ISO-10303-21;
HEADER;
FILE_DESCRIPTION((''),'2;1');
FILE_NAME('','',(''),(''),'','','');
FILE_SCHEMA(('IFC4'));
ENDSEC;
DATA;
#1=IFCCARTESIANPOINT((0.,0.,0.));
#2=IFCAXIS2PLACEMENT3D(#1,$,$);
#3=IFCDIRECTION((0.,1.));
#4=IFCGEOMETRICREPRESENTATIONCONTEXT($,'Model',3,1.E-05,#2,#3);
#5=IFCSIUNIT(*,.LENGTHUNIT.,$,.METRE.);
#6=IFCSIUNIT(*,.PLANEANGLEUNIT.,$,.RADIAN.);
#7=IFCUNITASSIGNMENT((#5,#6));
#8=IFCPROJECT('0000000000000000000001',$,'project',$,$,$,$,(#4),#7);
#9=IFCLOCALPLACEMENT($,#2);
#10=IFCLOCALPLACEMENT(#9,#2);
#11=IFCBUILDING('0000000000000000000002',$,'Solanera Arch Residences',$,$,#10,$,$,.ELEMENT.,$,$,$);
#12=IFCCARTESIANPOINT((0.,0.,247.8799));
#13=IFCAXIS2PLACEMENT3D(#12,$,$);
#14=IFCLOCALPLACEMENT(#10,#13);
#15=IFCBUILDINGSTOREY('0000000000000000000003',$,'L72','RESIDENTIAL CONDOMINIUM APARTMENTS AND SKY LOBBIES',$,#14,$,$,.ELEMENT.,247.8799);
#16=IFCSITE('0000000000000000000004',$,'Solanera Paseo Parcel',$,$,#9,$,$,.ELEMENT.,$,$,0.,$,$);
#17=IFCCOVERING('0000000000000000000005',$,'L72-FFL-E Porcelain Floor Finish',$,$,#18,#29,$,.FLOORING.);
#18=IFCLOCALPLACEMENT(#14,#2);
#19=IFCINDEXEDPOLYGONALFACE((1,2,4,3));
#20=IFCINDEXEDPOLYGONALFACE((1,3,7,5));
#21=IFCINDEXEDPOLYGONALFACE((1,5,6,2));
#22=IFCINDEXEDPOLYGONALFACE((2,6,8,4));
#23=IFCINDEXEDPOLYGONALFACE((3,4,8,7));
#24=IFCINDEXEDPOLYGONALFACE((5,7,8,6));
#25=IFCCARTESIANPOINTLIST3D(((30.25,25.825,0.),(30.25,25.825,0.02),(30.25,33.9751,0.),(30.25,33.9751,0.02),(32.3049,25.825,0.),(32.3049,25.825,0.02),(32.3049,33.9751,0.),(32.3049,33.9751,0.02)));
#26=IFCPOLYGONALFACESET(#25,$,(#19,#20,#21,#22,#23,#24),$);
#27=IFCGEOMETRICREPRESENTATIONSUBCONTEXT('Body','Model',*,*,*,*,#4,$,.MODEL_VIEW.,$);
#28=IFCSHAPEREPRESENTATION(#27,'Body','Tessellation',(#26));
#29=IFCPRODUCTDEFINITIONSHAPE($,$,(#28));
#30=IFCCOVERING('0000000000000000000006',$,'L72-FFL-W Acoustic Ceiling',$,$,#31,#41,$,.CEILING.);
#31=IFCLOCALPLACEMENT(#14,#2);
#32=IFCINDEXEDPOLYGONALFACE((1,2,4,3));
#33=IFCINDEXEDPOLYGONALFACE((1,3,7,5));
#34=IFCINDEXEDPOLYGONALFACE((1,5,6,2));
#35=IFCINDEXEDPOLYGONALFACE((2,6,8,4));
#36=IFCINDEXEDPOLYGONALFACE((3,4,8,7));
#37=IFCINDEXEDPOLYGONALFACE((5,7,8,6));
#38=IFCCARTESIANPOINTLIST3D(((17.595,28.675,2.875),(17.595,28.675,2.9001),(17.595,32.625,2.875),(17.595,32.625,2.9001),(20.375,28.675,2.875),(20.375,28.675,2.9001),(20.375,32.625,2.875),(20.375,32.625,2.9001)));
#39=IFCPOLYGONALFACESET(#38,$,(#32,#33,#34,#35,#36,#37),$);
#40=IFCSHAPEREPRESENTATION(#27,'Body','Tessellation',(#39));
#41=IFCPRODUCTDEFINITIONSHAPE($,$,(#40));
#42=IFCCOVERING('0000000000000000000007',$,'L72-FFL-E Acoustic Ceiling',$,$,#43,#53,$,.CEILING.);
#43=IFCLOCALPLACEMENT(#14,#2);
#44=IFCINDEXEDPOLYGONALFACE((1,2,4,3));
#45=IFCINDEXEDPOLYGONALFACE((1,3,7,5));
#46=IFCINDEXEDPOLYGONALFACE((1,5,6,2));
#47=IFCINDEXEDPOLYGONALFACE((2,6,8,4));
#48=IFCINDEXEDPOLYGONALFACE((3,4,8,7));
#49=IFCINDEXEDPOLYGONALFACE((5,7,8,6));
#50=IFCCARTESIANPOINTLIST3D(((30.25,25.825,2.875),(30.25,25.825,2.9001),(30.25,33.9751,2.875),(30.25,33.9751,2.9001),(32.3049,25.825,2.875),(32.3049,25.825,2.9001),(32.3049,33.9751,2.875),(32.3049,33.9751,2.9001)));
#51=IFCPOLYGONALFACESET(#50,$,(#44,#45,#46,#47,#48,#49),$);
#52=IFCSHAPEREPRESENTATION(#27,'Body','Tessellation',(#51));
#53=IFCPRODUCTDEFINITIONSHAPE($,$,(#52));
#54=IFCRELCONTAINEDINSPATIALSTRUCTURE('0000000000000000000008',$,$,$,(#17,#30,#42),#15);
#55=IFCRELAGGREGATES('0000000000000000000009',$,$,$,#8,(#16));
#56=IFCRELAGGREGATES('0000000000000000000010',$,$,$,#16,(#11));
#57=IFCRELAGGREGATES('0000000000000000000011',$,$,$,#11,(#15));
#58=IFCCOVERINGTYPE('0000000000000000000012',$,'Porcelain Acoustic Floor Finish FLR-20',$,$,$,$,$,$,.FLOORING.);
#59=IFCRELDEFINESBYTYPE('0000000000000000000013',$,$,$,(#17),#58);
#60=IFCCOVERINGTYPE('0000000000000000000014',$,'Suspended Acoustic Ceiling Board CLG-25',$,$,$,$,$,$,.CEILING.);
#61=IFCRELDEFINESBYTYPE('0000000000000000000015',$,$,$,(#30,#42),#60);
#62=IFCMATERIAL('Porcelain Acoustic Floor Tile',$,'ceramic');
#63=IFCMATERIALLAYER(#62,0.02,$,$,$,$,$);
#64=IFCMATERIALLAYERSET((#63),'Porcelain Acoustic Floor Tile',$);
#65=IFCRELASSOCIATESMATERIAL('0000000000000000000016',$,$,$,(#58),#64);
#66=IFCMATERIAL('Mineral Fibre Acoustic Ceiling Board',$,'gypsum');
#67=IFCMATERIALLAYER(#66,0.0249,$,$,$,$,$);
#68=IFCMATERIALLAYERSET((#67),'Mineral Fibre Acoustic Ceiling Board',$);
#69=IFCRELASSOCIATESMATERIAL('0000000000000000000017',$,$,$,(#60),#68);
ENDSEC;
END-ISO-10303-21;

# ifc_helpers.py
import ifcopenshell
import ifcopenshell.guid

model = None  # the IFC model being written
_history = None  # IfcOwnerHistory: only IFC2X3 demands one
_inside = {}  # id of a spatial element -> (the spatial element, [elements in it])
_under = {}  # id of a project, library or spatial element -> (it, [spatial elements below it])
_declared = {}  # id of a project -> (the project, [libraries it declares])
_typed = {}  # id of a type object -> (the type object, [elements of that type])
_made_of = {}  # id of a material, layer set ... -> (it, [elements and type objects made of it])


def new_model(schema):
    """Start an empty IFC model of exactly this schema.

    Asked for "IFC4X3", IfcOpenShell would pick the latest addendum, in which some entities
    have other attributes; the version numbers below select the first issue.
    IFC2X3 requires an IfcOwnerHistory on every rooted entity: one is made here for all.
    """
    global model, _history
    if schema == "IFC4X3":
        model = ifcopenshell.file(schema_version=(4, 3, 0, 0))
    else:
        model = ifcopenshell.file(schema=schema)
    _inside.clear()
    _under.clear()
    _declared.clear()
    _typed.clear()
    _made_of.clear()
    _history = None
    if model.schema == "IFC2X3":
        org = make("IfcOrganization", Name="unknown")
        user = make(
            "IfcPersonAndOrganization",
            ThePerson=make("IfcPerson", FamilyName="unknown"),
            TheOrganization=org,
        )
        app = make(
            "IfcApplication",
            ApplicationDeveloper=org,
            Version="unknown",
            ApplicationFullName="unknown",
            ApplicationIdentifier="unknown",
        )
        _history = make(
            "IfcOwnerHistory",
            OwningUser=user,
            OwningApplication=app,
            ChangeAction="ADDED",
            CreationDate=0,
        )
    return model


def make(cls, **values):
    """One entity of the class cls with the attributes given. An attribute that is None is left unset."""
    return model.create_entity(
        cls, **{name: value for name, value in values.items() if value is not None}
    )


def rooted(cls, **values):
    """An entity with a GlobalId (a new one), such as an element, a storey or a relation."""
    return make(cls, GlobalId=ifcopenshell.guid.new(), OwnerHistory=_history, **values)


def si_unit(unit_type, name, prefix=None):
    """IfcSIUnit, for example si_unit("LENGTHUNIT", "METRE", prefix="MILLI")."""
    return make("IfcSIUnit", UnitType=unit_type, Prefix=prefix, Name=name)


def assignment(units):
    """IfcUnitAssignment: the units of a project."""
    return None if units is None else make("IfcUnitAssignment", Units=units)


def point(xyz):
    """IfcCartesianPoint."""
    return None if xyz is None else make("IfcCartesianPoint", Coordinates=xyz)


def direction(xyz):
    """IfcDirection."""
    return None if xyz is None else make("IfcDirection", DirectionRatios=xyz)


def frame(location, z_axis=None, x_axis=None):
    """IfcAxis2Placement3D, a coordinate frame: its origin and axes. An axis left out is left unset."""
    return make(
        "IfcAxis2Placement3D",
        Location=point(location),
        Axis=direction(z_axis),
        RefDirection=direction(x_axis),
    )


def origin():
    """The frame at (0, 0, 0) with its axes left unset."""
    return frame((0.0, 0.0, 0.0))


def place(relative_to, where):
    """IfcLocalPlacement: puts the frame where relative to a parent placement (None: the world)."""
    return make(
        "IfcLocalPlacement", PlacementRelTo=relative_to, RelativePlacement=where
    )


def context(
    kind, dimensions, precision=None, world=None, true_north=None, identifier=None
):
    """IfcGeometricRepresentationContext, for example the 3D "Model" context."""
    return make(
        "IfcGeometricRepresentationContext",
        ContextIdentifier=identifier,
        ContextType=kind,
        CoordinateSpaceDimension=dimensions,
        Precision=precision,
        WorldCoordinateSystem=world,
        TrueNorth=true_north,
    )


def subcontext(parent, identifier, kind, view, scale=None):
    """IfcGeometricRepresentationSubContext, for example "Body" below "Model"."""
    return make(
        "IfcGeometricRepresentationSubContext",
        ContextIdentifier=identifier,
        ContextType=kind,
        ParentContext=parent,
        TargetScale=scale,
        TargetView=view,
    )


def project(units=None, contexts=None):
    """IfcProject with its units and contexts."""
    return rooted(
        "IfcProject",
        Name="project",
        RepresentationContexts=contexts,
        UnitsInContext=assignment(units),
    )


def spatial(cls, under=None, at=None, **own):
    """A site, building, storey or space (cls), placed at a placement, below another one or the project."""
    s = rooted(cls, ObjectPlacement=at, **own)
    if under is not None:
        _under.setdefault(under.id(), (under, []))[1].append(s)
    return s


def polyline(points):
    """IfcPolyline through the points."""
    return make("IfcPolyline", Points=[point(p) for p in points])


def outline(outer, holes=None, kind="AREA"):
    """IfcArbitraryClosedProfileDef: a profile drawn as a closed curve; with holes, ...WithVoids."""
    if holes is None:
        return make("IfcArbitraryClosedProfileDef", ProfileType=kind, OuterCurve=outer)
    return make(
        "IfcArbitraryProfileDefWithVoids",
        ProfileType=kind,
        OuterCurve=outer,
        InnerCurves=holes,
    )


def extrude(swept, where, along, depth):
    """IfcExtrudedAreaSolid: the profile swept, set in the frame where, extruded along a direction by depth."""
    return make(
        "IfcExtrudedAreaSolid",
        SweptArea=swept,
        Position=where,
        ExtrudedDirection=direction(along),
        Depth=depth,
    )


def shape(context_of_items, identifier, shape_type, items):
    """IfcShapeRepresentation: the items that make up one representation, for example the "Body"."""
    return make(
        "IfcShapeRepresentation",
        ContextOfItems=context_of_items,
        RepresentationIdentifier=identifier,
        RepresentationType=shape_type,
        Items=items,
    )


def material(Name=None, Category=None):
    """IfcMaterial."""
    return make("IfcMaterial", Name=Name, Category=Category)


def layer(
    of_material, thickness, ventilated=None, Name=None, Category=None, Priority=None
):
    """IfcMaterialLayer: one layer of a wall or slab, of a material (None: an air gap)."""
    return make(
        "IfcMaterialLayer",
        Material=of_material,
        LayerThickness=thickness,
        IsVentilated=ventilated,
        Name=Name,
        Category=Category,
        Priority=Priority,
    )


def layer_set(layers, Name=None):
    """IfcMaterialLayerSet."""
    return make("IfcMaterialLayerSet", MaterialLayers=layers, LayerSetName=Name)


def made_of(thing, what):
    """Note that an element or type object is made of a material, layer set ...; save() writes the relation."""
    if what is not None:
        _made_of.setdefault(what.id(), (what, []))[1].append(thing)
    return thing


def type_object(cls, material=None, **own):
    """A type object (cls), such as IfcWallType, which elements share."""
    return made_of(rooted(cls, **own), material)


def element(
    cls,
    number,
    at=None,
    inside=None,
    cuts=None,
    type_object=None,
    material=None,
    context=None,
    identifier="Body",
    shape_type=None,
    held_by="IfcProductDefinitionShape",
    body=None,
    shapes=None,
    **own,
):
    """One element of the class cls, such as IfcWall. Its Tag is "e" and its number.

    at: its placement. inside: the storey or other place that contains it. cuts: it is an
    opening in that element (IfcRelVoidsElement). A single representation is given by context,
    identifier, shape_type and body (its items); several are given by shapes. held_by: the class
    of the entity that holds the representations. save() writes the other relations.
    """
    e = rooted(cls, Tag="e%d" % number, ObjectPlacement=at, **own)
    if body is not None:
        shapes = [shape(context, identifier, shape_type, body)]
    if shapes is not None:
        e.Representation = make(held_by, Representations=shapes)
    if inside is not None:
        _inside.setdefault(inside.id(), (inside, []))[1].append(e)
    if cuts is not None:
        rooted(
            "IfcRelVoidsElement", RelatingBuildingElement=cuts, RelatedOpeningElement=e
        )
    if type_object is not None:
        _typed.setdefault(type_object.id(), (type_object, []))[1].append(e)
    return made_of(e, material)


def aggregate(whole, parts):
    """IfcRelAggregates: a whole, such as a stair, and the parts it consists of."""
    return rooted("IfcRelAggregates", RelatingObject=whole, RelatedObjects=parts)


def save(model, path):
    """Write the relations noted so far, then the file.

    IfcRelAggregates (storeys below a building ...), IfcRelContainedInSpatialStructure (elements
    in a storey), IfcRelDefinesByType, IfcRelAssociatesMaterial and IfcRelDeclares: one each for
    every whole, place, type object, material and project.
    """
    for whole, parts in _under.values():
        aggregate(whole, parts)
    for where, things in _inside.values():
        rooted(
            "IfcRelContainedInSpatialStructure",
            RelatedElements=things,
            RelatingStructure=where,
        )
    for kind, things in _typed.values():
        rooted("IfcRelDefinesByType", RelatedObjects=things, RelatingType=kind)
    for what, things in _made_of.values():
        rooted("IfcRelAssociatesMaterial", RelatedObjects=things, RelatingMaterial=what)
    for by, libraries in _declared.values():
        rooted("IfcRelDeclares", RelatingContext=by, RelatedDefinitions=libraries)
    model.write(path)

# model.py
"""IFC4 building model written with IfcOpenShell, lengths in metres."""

from ifc_helpers import new_model, si_unit, direction, frame, origin, place, context, subcontext, project, spatial, polyline, outline, extrude, material, layer, layer_set, type_object, element, save


model = new_model("IFC4")

# Units and contexts
model_context = context("Model", 3, precision=1e-05, world=origin(), true_north=direction((0.0, 1.0)))
body_context = subcontext(model_context, "Body", "Model", "MODEL_VIEW")
ifc_project = project(units=[si_unit("LENGTHUNIT", "METRE"), si_unit("PLANEANGLEUNIT", "RADIAN")], contexts=[model_context])

# Site, building, storey
site_placement = place(None, origin())
site = spatial("IfcSite", under=ifc_project, at=site_placement, Name="Solanera Paseo Parcel", CompositionType="ELEMENT", RefElevation=0.0)
building_placement = place(site_placement, origin())
building = spatial("IfcBuilding", under=site, at=building_placement, Name="Solanera Arch Residences", CompositionType="ELEMENT")
storey_placement = place(building_placement, frame((0.0, 0.0, 247.8799)))
storey = spatial("IfcBuildingStorey", under=building, at=storey_placement, Name="L72", Description="RESIDENTIAL CONDOMINIUM APARTMENTS AND SKY LOBBIES", CompositionType="ELEMENT", Elevation=247.8799)

# Coverings
ifc_material_1 = material(Name="Porcelain Acoustic Floor Tile", Category="ceramic")
ifc_layer_1 = layer(ifc_material_1, 0.02)
ifc_layer_set_1 = layer_set([ifc_layer_1], Name="Porcelain Acoustic Floor Tile")
covering_type_1 = type_object("IfcCoveringType", Name="Porcelain Acoustic Floor Finish FLR-20", PredefinedType="FLOORING", material=ifc_layer_set_1)
covering_1_placement = place(storey_placement, origin())
element("IfcCovering", 1, at=covering_1_placement, inside=storey, type_object=covering_type_1, Name="L72-FFL-E Porcelain Floor Finish", PredefinedType="FLOORING", context=body_context, shape_type="SweptSolid", body=[
    extrude(outline(polyline([(32.3049, 25.825), (30.25, 25.825), (30.25, 33.9751), (32.3049, 33.9751), (32.3049, 25.825)])), origin(), (0.0, 0.0, 1.0), 0.02),
])
ifc_material_2 = material(Name="Mineral Fibre Acoustic Ceiling Board", Category="gypsum")
ifc_layer_2 = layer(ifc_material_2, 0.0249)
ifc_layer_set_2 = layer_set([ifc_layer_2], Name="Mineral Fibre Acoustic Ceiling Board")
covering_type_2 = type_object("IfcCoveringType", Name="Suspended Acoustic Ceiling Board CLG-25", PredefinedType="CEILING", material=ifc_layer_set_2)
covering_2_placement = place(storey_placement, frame((0.0, 0.0, 2.875)))
element("IfcCovering", 2, at=covering_2_placement, inside=storey, type_object=covering_type_2, Name="L72-FFL-W Acoustic Ceiling", PredefinedType="CEILING", context=body_context, shape_type="SweptSolid", body=[
    extrude(outline(polyline([(20.375, 28.675), (17.595, 28.675), (17.595, 32.625), (20.375, 32.625), (20.375, 28.675)])), origin(), (0.0, 0.0, 1.0), 0.0251),
])
covering_3_placement = place(storey_placement, frame((0.0, 0.0, 2.875)))
element("IfcCovering", 3, at=covering_3_placement, inside=storey, type_object=covering_type_2, Name="L72-FFL-E Acoustic Ceiling", PredefinedType="CEILING", context=body_context, shape_type="SweptSolid", body=[
    extrude(outline(polyline([(32.3049, 25.825), (30.25, 25.825), (30.25, 33.9751), (32.3049, 33.9751), (32.3049, 25.825)])), origin(), (0.0, 0.0, 1.0), 0.0251),
])

save(model, "model.ifc")
